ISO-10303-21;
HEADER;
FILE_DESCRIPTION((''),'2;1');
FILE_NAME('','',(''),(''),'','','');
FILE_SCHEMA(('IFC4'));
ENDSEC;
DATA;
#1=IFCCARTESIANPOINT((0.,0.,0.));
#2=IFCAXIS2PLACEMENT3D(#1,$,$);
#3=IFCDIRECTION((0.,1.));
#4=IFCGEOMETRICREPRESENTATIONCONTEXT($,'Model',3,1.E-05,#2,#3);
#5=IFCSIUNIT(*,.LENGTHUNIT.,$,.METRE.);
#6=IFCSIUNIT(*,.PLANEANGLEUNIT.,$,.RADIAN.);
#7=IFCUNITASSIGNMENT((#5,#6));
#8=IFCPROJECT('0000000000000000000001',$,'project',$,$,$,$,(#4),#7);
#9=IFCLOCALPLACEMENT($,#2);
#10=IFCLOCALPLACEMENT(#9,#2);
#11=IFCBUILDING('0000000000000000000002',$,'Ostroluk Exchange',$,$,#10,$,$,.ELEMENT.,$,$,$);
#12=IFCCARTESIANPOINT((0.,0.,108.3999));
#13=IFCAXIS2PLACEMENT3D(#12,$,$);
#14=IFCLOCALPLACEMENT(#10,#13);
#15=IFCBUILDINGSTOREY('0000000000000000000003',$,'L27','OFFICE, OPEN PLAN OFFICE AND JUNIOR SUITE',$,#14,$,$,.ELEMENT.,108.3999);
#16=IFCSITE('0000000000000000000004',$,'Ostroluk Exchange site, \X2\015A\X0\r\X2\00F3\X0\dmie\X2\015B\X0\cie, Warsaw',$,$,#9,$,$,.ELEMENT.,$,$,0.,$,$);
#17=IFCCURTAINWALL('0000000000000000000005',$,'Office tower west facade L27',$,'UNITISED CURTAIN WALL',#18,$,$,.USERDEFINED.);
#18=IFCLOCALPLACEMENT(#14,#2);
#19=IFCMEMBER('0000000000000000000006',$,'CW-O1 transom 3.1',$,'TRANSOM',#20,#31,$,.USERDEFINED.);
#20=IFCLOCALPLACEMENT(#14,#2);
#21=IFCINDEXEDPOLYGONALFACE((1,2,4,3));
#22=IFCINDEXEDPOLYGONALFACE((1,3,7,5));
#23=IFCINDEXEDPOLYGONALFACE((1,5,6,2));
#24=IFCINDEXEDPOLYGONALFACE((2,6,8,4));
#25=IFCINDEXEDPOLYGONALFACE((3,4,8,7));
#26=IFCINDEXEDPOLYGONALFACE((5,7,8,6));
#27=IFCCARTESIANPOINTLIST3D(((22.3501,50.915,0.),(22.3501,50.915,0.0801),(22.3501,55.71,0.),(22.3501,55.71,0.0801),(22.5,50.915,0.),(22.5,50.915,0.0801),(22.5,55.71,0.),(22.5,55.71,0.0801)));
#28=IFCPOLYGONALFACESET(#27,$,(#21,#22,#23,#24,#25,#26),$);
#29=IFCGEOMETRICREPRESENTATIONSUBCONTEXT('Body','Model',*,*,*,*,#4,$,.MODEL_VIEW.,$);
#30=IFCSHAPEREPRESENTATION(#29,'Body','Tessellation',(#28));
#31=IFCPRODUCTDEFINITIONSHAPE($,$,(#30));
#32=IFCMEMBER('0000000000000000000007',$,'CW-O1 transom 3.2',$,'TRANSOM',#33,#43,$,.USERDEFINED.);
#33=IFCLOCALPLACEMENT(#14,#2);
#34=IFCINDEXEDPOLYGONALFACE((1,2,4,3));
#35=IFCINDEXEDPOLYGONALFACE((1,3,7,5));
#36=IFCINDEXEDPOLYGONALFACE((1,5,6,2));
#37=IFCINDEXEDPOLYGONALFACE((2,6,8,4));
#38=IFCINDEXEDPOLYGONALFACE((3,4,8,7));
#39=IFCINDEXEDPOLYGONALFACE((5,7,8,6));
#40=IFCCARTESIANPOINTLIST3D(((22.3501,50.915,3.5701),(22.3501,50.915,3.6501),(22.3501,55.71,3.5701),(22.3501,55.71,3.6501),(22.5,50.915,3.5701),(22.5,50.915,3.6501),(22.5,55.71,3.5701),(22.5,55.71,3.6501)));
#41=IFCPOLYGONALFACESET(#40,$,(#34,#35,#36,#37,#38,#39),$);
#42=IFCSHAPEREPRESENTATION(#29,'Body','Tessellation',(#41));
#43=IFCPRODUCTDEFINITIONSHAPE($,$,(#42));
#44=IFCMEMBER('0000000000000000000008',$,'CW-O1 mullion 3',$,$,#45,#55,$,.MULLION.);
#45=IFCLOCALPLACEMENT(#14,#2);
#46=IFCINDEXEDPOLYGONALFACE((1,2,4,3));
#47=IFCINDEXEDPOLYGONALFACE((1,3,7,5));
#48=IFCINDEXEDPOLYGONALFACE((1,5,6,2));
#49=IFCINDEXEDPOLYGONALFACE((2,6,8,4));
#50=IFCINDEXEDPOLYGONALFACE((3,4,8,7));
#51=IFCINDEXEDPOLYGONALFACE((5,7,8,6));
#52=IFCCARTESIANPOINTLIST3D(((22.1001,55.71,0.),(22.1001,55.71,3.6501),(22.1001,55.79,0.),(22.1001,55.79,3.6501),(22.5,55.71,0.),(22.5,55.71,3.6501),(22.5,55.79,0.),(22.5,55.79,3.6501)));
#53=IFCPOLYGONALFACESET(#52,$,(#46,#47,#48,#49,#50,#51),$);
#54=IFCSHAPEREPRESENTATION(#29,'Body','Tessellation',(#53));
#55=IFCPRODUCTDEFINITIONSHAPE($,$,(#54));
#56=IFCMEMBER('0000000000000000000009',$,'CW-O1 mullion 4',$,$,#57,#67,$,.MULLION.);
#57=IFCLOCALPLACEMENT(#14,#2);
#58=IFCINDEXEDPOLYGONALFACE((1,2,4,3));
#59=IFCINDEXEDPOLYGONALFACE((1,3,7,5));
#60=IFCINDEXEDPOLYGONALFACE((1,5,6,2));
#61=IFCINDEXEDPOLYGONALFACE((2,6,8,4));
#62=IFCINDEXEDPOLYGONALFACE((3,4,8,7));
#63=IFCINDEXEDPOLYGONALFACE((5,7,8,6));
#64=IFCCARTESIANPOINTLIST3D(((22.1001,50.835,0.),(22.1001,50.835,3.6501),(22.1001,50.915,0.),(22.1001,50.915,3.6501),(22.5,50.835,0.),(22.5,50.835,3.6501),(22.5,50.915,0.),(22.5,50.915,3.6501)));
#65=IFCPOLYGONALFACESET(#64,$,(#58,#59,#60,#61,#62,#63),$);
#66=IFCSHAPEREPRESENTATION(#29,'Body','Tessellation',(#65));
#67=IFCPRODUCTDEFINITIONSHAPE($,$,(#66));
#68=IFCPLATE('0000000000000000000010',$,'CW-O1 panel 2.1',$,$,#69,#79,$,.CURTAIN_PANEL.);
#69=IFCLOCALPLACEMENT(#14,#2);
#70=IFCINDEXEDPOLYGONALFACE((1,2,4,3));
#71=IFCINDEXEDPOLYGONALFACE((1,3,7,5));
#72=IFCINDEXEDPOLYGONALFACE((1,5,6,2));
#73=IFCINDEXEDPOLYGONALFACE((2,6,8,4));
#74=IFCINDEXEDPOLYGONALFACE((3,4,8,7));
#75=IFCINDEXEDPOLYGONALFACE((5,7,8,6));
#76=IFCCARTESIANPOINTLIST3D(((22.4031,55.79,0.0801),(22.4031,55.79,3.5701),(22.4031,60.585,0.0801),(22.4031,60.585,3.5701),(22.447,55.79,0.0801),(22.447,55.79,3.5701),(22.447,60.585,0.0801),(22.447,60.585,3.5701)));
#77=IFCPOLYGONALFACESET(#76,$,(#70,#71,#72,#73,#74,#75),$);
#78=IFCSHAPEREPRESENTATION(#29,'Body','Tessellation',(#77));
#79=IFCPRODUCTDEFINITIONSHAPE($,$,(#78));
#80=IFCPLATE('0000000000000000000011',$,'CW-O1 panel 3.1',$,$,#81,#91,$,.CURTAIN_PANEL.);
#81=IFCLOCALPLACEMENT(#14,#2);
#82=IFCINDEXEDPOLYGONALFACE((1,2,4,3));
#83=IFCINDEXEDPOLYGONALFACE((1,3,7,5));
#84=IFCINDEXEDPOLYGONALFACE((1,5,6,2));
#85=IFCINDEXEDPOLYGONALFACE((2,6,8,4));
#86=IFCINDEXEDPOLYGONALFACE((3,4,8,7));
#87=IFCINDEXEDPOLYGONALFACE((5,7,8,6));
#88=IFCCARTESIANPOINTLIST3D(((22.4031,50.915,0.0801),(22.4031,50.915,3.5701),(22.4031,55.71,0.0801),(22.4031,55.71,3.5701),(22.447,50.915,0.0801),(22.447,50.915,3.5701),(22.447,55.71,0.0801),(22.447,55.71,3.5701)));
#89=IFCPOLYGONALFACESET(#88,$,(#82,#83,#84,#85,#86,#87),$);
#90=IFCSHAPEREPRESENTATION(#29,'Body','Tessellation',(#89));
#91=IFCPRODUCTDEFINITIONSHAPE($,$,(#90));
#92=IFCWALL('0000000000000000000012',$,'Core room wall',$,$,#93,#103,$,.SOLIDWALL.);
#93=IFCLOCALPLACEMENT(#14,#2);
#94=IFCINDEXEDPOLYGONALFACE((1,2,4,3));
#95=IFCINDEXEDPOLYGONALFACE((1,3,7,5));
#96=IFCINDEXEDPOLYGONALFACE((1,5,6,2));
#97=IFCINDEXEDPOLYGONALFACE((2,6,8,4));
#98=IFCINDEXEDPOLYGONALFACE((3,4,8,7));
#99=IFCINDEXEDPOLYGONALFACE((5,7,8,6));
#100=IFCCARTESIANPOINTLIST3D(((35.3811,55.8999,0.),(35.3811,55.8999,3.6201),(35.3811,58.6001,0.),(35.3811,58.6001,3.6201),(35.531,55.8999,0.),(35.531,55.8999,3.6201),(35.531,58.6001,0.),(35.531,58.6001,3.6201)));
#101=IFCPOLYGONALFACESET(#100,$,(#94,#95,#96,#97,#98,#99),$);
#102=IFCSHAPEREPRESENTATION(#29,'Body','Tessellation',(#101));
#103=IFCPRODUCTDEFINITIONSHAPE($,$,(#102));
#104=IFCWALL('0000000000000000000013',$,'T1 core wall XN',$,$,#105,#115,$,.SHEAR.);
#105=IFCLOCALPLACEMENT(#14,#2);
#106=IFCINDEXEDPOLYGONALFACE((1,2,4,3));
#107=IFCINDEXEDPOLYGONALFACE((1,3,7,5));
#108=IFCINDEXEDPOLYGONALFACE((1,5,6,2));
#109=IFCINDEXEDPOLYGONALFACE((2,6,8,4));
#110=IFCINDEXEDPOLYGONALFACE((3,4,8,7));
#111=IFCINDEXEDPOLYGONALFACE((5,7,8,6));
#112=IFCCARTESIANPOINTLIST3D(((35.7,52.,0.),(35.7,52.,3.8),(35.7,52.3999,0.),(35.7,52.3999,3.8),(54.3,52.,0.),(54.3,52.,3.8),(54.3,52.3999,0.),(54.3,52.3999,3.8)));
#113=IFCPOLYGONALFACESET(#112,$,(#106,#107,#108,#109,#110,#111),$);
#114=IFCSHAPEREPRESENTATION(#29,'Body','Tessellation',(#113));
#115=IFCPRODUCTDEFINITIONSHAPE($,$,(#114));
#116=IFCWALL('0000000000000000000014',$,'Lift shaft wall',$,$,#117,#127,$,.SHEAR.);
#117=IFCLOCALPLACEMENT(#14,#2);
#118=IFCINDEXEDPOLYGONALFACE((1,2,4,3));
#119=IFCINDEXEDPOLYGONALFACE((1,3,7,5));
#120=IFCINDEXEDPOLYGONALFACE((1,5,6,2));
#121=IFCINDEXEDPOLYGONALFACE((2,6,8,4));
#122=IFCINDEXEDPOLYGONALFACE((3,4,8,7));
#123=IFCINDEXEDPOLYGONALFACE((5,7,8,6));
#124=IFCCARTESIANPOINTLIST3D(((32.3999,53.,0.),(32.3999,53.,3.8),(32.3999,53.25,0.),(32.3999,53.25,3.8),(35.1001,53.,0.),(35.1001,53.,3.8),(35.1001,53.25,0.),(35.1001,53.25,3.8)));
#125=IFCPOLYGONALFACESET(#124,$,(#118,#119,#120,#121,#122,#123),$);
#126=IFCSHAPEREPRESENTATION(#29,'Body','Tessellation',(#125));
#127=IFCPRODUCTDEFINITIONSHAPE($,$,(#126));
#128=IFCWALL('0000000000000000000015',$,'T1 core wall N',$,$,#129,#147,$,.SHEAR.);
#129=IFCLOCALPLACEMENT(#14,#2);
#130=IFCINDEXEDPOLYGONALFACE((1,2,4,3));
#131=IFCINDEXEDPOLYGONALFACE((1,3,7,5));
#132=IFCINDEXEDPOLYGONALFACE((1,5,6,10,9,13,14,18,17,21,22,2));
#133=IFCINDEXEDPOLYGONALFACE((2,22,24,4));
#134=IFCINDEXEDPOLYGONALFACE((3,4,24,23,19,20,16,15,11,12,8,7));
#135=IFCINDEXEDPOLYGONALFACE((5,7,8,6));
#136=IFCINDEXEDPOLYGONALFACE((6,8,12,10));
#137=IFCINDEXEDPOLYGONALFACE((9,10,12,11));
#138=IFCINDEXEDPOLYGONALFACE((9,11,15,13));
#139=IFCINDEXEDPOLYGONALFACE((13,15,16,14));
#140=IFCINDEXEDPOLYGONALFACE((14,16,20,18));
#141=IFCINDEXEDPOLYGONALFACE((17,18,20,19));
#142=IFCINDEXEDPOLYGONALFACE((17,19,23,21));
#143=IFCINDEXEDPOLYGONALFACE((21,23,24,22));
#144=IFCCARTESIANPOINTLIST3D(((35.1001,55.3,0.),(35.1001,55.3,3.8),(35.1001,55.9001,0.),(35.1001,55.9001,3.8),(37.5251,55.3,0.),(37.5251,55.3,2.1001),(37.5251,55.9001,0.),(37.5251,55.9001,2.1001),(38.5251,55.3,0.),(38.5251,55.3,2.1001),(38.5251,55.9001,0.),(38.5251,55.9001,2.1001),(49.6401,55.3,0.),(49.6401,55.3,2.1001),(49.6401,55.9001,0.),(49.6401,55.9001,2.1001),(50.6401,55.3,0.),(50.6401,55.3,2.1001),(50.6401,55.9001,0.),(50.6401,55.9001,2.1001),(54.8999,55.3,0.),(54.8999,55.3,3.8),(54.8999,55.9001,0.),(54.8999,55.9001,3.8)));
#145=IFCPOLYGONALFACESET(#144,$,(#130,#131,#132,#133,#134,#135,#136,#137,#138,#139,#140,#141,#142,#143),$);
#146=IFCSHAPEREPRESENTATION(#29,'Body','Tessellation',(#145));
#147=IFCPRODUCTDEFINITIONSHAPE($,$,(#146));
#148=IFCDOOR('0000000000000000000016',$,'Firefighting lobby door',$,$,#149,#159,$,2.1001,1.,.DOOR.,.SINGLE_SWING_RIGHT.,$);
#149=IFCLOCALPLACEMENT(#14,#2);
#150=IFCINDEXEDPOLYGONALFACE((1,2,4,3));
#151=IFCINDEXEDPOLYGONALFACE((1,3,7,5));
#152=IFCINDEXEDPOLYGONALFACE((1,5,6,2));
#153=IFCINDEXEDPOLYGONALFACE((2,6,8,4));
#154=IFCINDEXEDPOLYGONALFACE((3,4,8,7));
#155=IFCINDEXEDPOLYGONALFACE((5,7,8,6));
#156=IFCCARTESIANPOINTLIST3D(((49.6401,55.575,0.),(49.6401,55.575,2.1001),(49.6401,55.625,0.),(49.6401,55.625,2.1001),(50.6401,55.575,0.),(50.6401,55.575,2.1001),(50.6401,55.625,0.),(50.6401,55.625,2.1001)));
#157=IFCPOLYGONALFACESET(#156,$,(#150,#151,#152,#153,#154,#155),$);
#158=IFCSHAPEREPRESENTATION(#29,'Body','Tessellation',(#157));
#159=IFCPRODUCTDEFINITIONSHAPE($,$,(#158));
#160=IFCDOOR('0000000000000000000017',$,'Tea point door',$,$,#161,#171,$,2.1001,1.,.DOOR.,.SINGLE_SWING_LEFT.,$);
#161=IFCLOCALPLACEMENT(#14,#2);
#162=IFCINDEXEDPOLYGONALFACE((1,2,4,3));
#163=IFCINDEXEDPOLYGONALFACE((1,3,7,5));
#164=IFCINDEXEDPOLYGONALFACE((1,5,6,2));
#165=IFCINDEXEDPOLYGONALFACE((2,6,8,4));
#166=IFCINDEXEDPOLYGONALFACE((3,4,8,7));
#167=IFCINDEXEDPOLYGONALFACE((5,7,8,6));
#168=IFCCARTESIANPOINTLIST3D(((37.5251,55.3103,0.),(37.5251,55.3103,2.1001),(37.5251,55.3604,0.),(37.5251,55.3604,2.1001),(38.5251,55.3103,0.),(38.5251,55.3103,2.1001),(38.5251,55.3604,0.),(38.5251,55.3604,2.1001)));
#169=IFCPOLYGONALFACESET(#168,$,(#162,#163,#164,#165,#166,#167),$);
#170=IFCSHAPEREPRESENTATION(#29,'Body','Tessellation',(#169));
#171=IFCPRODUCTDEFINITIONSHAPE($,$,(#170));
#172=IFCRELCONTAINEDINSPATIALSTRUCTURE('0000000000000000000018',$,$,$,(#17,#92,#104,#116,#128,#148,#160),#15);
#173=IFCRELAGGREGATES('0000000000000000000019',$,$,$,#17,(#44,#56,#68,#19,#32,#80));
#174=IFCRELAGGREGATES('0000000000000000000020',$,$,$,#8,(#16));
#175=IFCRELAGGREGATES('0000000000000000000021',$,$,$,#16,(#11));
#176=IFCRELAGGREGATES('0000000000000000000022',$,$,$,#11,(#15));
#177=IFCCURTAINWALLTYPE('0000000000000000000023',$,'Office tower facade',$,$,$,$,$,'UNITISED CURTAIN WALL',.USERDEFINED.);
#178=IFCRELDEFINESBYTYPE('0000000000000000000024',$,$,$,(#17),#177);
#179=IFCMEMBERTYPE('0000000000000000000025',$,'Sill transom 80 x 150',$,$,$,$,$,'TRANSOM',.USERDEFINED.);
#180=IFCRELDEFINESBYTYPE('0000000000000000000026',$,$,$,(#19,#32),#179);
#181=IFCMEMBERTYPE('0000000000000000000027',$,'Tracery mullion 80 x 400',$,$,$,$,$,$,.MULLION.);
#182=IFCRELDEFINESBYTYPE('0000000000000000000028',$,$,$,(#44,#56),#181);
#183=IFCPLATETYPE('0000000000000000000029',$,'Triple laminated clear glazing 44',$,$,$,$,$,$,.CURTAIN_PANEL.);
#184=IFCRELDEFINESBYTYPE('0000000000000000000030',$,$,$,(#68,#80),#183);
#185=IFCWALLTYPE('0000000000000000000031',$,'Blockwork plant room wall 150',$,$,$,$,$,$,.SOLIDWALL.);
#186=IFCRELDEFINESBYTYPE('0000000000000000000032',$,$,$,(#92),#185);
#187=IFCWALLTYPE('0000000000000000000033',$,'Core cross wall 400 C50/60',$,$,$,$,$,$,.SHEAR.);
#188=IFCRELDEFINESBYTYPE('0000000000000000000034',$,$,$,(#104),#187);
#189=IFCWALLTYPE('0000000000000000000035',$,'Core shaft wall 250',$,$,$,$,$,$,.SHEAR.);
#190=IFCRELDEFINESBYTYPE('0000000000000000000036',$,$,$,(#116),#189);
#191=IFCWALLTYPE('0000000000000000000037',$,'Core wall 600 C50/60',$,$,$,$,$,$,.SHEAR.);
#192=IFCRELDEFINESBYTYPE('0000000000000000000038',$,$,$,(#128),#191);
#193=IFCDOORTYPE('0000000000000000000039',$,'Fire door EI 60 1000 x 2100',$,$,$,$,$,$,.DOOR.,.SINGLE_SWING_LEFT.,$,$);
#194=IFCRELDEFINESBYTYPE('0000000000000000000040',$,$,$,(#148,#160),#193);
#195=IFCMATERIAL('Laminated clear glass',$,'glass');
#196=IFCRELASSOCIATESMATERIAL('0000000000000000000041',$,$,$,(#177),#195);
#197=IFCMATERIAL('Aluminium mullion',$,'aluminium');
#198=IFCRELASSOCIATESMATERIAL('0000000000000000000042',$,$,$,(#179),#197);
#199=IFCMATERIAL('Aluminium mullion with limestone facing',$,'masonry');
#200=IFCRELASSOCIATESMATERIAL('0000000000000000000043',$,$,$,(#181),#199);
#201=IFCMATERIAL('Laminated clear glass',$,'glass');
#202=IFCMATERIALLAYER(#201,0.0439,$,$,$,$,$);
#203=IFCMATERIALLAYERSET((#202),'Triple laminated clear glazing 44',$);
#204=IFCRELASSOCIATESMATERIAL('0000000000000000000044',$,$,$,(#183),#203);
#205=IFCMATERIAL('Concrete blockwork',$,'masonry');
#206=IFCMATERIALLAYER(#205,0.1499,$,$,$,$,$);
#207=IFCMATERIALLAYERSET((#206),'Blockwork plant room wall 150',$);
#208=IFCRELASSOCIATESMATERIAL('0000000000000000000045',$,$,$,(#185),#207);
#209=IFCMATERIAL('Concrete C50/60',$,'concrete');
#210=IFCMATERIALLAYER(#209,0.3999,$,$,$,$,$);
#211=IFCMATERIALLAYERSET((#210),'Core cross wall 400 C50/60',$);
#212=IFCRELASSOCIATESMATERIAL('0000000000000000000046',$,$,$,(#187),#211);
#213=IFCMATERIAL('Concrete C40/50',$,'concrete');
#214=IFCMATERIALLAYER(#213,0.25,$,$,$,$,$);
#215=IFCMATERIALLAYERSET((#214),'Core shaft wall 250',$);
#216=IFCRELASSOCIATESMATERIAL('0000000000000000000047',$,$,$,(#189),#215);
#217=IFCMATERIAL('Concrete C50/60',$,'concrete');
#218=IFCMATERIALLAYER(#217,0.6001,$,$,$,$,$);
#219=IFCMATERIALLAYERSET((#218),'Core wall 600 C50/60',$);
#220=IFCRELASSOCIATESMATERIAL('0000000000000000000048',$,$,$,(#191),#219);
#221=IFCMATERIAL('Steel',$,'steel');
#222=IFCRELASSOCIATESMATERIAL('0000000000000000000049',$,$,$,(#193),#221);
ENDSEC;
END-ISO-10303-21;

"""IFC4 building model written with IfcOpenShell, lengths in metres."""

from ifc_helpers import new_model, si_unit, direction, frame, frame_2d, origin, origin_2d, place, context, subcontext, project, spatial, rectangle, extrude, material, layer, layer_set, material_profile, profile_set, type_object, element, fill, aggregate, save


model = new_model("IFC4")

# Units and contexts
model_context = context("Model", 3, precision=1e-05, world=origin(), true_north=direction((0.0, 1.0)))
body_context = subcontext(model_context, "Body", "Model", "MODEL_VIEW")
ifc_project = project(units=[si_unit("LENGTHUNIT", "METRE"), si_unit("PLANEANGLEUNIT", "RADIAN")], contexts=[model_context])

# Site, building, storey
site_placement = place(None, origin())
site = spatial("IfcSite", under=ifc_project, at=site_placement, Name="Ostroluk Exchange site, Śródmieście, Warsaw", CompositionType="ELEMENT", RefElevation=0.0)
building_placement = place(site_placement, origin())
building = spatial("IfcBuilding", under=site, at=building_placement, Name="Ostroluk Exchange", CompositionType="ELEMENT")
storey_placement = place(building_placement, frame((0.0, 0.0, 108.3999)))
storey = spatial("IfcBuildingStorey", under=building, at=storey_placement, Name="L27", Description="OFFICE, OPEN PLAN OFFICE AND JUNIOR SUITE", CompositionType="ELEMENT", Elevation=108.3999)

# Curtain wall, members, plates
ifc_material_1 = material(Name="Laminated clear glass", Category="glass")
curtain_wall_type = type_object("IfcCurtainWallType", Name="Office tower facade", ElementType="UNITISED CURTAIN WALL", PredefinedType="USERDEFINED", material=ifc_material_1)
curtain_wall_placement = place(storey_placement, origin())
curtain_wall = element("IfcCurtainWall", 1, at=curtain_wall_placement, inside=storey, type_object=curtain_wall_type, Name="Office tower west facade L27", ObjectType="UNITISED CURTAIN WALL", PredefinedType="USERDEFINED")
ifc_material_2 = material(Name="Aluminium mullion", Category="aluminium")
ifc_material_profile_1 = material_profile(ifc_material_2, rectangle(XDim=0.1499, YDim=0.0801, at=origin_2d()), Name="Sill transom 80 x 150")
ifc_profile_set_1 = profile_set([ifc_material_profile_1], Name="Aluminium mullion")
member_type_1 = type_object("IfcMemberType", Name="Sill transom 80 x 150", ElementType="TRANSOM", PredefinedType="USERDEFINED", material=ifc_profile_set_1)
member_1_placement = place(storey_placement, frame((22.425, 55.71, 0.04), z_axis=(0.0, -1.0, 0.0), x_axis=(1.0, 0.0, 0.0)))
member_1 = element("IfcMember", 2, at=member_1_placement, type_object=member_type_1, Name="CW-O1 transom 3.1", ObjectType="TRANSOM", PredefinedType="USERDEFINED", context=body_context, shape_type="SweptSolid", body=[
    extrude(rectangle(XDim=0.1499, YDim=0.0801, at=origin_2d()), origin(), (0.0, 0.0, 1.0), 4.7949),
])
member_2_placement = place(storey_placement, frame((22.425, 55.71, 3.6101), z_axis=(0.0, -1.0, 0.0), x_axis=(1.0, 0.0, 0.0)))
member_2 = element("IfcMember", 3, at=member_2_placement, type_object=member_type_1, Name="CW-O1 transom 3.2", ObjectType="TRANSOM", PredefinedType="USERDEFINED", context=body_context, shape_type="SweptSolid", body=[
    extrude(rectangle(XDim=0.1499, YDim=0.0801, at=origin_2d()), origin(), (0.0, 0.0, 1.0), 4.7949),
])
ifc_material_3 = material(Name="Aluminium mullion with limestone facing", Category="masonry")
ifc_material_profile_2 = material_profile(ifc_material_3, rectangle(XDim=0.3999, YDim=0.0801, at=origin_2d()), Name="Tracery mullion 80 x 400")
ifc_profile_set_2 = profile_set([ifc_material_profile_2], Name="Aluminium mullion with limestone facing")
member_type_2 = type_object("IfcMemberType", Name="Tracery mullion 80 x 400", PredefinedType="MULLION", material=ifc_profile_set_2)
member_3_placement = place(storey_placement, frame((22.3, 55.75, 0.0), z_axis=(0.0, 0.0, 1.0), x_axis=(1.0, 0.0, 0.0)))
member_3 = element("IfcMember", 4, at=member_3_placement, type_object=member_type_2, Name="CW-O1 mullion 3", PredefinedType="MULLION", context=body_context, shape_type="SweptSolid", body=[
    extrude(rectangle(XDim=0.3999, YDim=0.0801, at=origin_2d()), origin(), (0.0, 0.0, 1.0), 3.6501),
])
member_4_placement = place(storey_placement, frame((22.3, 50.875, 0.0), z_axis=(0.0, 0.0, 1.0), x_axis=(1.0, 0.0, 0.0)))
member_4 = element("IfcMember", 5, at=member_4_placement, type_object=member_type_2, Name="CW-O1 mullion 4", PredefinedType="MULLION", context=body_context, shape_type="SweptSolid", body=[
    extrude(rectangle(XDim=0.3999, YDim=0.0801, at=origin_2d()), origin(), (0.0, 0.0, 1.0), 3.6501),
])
ifc_material_4 = material(Name="Laminated clear glass", Category="glass")
ifc_layer_1 = layer(ifc_material_4, 0.0439)
ifc_layer_set_1 = layer_set([ifc_layer_1], Name="Triple laminated clear glazing 44")
plate_type = type_object("IfcPlateType", Name="Triple laminated clear glazing 44", PredefinedType="CURTAIN_PANEL", material=ifc_layer_set_1)
plate_1_placement = place(storey_placement, frame((22.425, 58.1875, 0.0801), z_axis=(0.0, 0.0, 1.0), x_axis=(0.0, -1.0, 0.0)))
plate_1 = element("IfcPlate", 6, at=plate_1_placement, type_object=plate_type, Name="CW-O1 panel 2.1", PredefinedType="CURTAIN_PANEL", context=body_context, shape_type="SweptSolid", body=[
    extrude(rectangle(XDim=4.7949, YDim=0.0439, at=origin_2d()), origin(), (0.0, 0.0, 1.0), 3.49),
])
plate_2_placement = place(storey_placement, frame((22.425, 53.3125, 0.0801), z_axis=(0.0, 0.0, 1.0), x_axis=(0.0, -1.0, 0.0)))
plate_2 = element("IfcPlate", 7, at=plate_2_placement, type_object=plate_type, Name="CW-O1 panel 3.1", PredefinedType="CURTAIN_PANEL", context=body_context, shape_type="SweptSolid", body=[
    extrude(rectangle(XDim=4.7949, YDim=0.0439, at=origin_2d()), origin(), (0.0, 0.0, 1.0), 3.49),
])
aggregate(curtain_wall, [member_3, member_4, plate_1, member_1, member_2, plate_2])

# Walls
ifc_material_5 = material(Name="Concrete blockwork", Category="masonry")
ifc_layer_2 = layer(ifc_material_5, 0.1499)
ifc_layer_set_2 = layer_set([ifc_layer_2], Name="Blockwork plant room wall 150")
wall_type_1 = type_object("IfcWallType", Name="Blockwork plant room wall 150", PredefinedType="SOLIDWALL", material=ifc_layer_set_2)
wall_1_placement = place(storey_placement, frame((35.4561, 55.8999, 0.0), z_axis=(0.0, 0.0, 1.0), x_axis=(0.0, 1.0, 0.0)))
element("IfcWall", 8, at=wall_1_placement, inside=storey, type_object=wall_type_1, Name="Core room wall", PredefinedType="SOLIDWALL", context=body_context, shape_type="SweptSolid", body=[
    extrude(rectangle(XDim=2.7002, YDim=0.1499, at=frame_2d((1.3501, 0.0))), origin(), (0.0, 0.0, 1.0), 3.6201),
])
ifc_material_6 = material(Name="Concrete C50/60", Category="concrete")
ifc_layer_3 = layer(ifc_material_6, 0.3999)
ifc_layer_set_3 = layer_set([ifc_layer_3], Name="Core cross wall 400 C50/60")
wall_type_2 = type_object("IfcWallType", Name="Core cross wall 400 C50/60", PredefinedType="SHEAR", material=ifc_layer_set_3)
wall_2_placement = place(storey_placement, frame((35.7, 52.2, 0.0), z_axis=(0.0, 0.0, 1.0), x_axis=(1.0, 0.0, 0.0)))
element("IfcWall", 9, at=wall_2_placement, inside=storey, type_object=wall_type_2, Name="T1 core wall XN", PredefinedType="SHEAR", context=body_context, shape_type="SweptSolid", body=[
    extrude(rectangle(XDim=18.6001, YDim=0.3999, at=frame_2d((9.3, 0.0))), origin(), (0.0, 0.0, 1.0), 3.8),
])
ifc_material_7 = material(Name="Concrete C40/50", Category="concrete")
ifc_layer_4 = layer(ifc_material_7, 0.25)
ifc_layer_set_4 = layer_set([ifc_layer_4], Name="Core shaft wall 250")
wall_type_3 = type_object("IfcWallType", Name="Core shaft wall 250", PredefinedType="SHEAR", material=ifc_layer_set_4)
wall_3_placement = place(storey_placement, frame((32.3999, 53.125, 0.0), z_axis=(0.0, 0.0, 1.0), x_axis=(1.0, 0.0, 0.0)))
element("IfcWall", 10, at=wall_3_placement, inside=storey, type_object=wall_type_3, Name="Lift shaft wall", PredefinedType="SHEAR", context=body_context, shape_type="SweptSolid", body=[
    extrude(rectangle(XDim=2.7002, YDim=0.25, at=frame_2d((1.3501, 0.0))), origin(), (0.0, 0.0, 1.0), 3.8),
])

# Wall, openings, doors
ifc_material_8 = material(Name="Concrete C50/60", Category="concrete")
ifc_layer_5 = layer(ifc_material_8, 0.6001)
ifc_layer_set_5 = layer_set([ifc_layer_5], Name="Core wall 600 C50/60")
wall_type_4 = type_object("IfcWallType", Name="Core wall 600 C50/60", PredefinedType="SHEAR", material=ifc_layer_set_5)
wall_4_placement = place(storey_placement, frame((35.1001, 55.6001, 0.0), z_axis=(0.0, 0.0, 1.0), x_axis=(1.0, 0.0, 0.0)))
wall_4 = element("IfcWall", 11, at=wall_4_placement, inside=storey, type_object=wall_type_4, Name="T1 core wall N", PredefinedType="SHEAR", context=body_context, shape_type="SweptSolid", body=[
    extrude(rectangle(XDim=19.7998, YDim=0.6001, at=frame_2d((9.8999, 0.0))), origin(), (0.0, 0.0, 1.0), 3.8),
])
opening_1_placement = place(wall_4_placement, frame((14.54, 0.0, 0.0)))
opening_1 = element("IfcOpeningElement", 12, at=opening_1_placement, cuts=wall_4, PredefinedType="OPENING", context=body_context, shape_type="SweptSolid", body=[
    extrude(rectangle(XDim=1.0, YDim=2.1001, at=frame_2d((0.5, 1.05))), frame((0.0, 0.3101, 0.0), z_axis=(0.0, -1.0, 0.0), x_axis=(1.0, 0.0, 0.0)), (0.0, 0.0, 1.0), 0.6201),
])
opening_2_placement = place(wall_4_placement, frame((2.425, 0.0, 0.0)))
opening_2 = element("IfcOpeningElement", 13, at=opening_2_placement, cuts=wall_4, PredefinedType="OPENING", context=body_context, shape_type="SweptSolid", body=[
    extrude(rectangle(XDim=1.0, YDim=2.1001, at=frame_2d((0.5, 1.05))), frame((0.0, 0.3101, 0.0), z_axis=(0.0, -1.0, 0.0), x_axis=(1.0, 0.0, 0.0)), (0.0, 0.0, 1.0), 0.6201),
])
ifc_material_9 = material(Name="Steel", Category="steel")
door_type = type_object("IfcDoorType", Name="Fire door EI 60 1000 x 2100", OperationType="SINGLE_SWING_LEFT", PredefinedType="DOOR", material=ifc_material_9)
door_1_placement = place(opening_1_placement, origin())
door_1 = element("IfcDoor", 14, at=door_1_placement, inside=storey, type_object=door_type, Name="Firefighting lobby door", OperationType="SINGLE_SWING_RIGHT", OverallHeight=2.1001, OverallWidth=1.0, PredefinedType="DOOR", context=body_context, shape_type="SweptSolid", body=[
    extrude(rectangle(XDim=1.0, YDim=2.1001, at=frame_2d((0.5, 1.05))), frame((0.0, 0.0249, 0.0), z_axis=(0.0, -1.0, 0.0), x_axis=(1.0, 0.0, 0.0)), (0.0, 0.0, 1.0), 0.05),
])
fill(opening_1, door_1)
door_2_placement = place(opening_2_placement, origin())
door_2 = element("IfcDoor", 15, at=door_2_placement, inside=storey, type_object=door_type, Name="Tea point door", OperationType="SINGLE_SWING_LEFT", OverallHeight=2.1001, OverallWidth=1.0, PredefinedType="DOOR", context=body_context, shape_type="SweptSolid", body=[
    extrude(rectangle(XDim=1.0, YDim=2.1001, at=frame_2d((0.5, 1.05))), frame((0.0, -0.2397, 0.0), z_axis=(0.0, -1.0, 0.0), x_axis=(1.0, 0.0, 0.0)), (0.0, 0.0, 1.0), 0.05),
])
fill(opening_2, door_2)

save(model, "model.ifc")
